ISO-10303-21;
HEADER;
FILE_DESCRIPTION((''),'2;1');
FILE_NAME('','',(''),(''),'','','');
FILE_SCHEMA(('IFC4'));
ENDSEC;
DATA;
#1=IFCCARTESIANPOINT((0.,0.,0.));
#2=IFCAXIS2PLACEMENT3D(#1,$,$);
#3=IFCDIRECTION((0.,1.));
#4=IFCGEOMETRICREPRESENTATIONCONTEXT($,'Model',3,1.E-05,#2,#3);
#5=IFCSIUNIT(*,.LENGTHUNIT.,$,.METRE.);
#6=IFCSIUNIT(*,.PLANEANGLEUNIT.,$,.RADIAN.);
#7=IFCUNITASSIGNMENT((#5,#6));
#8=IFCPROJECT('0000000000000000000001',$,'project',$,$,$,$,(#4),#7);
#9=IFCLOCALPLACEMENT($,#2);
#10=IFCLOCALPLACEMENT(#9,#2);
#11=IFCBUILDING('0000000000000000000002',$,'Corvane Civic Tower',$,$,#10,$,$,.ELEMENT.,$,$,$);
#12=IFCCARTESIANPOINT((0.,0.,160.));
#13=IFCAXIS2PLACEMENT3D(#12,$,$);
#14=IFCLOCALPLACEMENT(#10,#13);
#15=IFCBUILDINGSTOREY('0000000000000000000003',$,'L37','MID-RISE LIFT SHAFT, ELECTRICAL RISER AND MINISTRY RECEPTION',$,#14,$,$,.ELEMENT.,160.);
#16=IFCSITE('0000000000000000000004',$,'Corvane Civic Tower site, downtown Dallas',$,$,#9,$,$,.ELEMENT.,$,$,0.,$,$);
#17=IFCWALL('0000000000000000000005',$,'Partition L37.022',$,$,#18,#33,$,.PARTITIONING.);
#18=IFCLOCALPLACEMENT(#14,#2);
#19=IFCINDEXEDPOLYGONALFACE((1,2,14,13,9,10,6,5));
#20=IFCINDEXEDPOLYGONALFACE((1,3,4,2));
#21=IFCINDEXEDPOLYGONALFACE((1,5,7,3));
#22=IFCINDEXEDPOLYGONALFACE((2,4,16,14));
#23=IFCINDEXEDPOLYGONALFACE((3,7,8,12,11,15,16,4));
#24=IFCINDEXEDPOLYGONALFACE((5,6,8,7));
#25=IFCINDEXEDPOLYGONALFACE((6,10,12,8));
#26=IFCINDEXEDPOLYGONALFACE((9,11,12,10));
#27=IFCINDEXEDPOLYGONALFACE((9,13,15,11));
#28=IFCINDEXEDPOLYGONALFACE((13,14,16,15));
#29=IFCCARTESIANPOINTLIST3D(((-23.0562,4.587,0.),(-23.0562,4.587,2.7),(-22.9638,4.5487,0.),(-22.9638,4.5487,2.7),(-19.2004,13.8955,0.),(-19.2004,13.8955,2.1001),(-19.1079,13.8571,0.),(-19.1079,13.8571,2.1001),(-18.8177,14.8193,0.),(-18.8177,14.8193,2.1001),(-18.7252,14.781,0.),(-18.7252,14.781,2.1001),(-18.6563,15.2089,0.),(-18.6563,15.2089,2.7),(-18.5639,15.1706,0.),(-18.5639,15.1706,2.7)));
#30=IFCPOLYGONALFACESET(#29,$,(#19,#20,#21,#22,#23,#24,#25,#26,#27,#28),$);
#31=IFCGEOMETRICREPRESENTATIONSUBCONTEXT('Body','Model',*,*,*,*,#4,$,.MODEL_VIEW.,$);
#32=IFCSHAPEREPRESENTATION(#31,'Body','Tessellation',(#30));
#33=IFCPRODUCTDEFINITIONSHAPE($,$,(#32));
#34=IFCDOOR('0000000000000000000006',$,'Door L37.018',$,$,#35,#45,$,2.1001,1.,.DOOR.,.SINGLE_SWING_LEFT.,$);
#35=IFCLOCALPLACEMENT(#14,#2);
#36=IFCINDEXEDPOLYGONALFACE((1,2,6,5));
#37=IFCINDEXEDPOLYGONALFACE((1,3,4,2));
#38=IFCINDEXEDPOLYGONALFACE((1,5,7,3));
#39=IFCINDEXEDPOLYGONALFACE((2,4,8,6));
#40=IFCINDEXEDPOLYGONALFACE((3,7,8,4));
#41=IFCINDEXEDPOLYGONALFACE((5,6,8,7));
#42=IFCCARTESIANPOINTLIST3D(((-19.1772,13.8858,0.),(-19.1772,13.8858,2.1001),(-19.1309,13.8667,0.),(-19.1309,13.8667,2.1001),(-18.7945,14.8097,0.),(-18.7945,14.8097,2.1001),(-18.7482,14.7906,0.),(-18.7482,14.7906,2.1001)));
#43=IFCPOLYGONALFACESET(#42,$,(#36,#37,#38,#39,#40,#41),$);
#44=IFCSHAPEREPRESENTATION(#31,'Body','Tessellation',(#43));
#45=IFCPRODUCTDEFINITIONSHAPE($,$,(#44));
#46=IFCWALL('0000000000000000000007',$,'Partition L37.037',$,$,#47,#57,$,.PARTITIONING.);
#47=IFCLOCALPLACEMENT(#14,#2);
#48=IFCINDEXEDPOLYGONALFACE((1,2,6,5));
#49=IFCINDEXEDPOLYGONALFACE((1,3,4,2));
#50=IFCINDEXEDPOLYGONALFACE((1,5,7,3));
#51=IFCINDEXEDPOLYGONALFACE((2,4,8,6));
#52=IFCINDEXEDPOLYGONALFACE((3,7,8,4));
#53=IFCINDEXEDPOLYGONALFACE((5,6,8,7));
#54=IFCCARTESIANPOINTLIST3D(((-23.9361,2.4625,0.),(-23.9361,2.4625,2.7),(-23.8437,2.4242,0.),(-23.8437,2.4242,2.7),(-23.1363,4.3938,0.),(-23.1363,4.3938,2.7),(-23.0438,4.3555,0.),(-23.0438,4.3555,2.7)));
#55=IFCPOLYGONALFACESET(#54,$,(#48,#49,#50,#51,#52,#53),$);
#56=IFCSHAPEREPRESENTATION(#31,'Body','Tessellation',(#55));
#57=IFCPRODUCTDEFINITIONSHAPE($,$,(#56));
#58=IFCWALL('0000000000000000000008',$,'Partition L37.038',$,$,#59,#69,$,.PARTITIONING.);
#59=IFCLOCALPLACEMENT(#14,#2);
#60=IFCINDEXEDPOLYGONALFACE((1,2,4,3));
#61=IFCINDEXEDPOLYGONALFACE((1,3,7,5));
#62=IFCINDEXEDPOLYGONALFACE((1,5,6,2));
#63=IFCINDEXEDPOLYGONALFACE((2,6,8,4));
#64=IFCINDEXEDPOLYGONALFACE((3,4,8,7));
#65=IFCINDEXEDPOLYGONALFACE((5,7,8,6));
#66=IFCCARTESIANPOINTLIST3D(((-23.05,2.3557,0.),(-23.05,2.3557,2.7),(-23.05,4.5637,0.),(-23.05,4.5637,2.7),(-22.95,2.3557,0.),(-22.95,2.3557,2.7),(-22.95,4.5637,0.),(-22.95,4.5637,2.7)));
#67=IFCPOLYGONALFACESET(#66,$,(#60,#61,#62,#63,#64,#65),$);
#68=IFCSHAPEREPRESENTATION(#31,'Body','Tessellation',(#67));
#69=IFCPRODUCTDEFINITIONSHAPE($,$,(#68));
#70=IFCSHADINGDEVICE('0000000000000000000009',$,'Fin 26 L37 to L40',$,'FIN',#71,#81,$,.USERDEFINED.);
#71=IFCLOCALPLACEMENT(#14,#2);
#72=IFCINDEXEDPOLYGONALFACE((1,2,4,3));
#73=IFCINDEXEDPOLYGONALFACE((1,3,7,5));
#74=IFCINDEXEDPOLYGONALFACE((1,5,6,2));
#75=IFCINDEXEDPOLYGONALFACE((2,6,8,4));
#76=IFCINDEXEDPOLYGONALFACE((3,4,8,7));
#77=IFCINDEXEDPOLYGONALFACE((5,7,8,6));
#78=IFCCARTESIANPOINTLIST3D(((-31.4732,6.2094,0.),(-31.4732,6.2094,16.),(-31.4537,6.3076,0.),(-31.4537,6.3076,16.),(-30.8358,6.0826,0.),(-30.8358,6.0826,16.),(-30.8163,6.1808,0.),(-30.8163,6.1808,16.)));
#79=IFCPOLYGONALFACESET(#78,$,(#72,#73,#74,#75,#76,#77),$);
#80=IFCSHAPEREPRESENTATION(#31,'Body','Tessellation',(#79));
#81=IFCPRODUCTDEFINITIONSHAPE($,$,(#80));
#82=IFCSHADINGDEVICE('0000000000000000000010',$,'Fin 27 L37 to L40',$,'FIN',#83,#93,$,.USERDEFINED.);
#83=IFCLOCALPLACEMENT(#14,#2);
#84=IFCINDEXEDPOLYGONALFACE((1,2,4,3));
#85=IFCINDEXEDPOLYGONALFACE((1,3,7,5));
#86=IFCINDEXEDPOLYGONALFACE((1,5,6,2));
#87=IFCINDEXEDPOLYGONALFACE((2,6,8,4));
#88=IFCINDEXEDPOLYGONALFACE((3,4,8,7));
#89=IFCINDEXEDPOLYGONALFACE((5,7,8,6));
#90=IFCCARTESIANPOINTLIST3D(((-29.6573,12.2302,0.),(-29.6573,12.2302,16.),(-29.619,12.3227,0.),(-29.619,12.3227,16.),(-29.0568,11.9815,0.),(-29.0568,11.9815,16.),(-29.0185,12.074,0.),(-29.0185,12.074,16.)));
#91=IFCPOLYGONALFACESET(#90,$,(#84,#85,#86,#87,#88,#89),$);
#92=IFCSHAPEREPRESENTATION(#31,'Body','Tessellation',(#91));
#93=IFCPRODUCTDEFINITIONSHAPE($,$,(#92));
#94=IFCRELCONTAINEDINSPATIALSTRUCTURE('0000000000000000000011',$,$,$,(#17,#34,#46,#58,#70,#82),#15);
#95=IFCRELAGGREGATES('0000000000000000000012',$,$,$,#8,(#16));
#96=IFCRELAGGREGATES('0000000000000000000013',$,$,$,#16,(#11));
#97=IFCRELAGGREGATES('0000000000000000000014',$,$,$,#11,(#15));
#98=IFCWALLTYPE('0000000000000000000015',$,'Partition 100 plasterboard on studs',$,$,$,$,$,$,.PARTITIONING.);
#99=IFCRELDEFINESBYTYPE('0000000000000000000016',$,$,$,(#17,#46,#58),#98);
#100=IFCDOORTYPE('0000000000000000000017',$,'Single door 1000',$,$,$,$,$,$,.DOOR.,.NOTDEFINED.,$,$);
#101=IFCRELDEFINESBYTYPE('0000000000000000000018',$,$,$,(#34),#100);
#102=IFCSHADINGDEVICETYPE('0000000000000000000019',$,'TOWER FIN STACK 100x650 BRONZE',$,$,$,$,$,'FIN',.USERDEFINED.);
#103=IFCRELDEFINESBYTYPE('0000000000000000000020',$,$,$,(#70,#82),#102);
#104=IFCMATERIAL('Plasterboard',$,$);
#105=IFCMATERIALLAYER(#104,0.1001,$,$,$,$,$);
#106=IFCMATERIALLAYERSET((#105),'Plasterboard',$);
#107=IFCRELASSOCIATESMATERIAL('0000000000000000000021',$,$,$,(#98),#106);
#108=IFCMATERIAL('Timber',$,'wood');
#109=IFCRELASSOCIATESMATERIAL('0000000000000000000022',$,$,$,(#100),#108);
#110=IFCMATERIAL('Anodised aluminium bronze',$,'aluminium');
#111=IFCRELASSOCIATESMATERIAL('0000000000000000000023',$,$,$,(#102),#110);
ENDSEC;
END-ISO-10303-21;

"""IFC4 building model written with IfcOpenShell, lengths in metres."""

from ifc_helpers import new_model, si_unit, direction, frame, frame_2d, origin, origin_2d, place, context, subcontext, project, spatial, rectangle, extrude, material, layer, layer_set, material_profile, profile_set, type_object, element, fill, save


model = new_model("IFC4")

# Units and contexts
model_context = context("Model", 3, precision=1e-05, world=origin(), true_north=direction((0.0, 1.0)))
body_context = subcontext(model_context, "Body", "Model", "MODEL_VIEW")
ifc_project = project(units=[si_unit("LENGTHUNIT", "METRE"), si_unit("PLANEANGLEUNIT", "RADIAN")], contexts=[model_context])

# Site, building, storey
site_placement = place(None, origin())
site = spatial("IfcSite", under=ifc_project, at=site_placement, Name="Corvane Civic Tower site, downtown Dallas", CompositionType="ELEMENT", RefElevation=0.0)
building_placement = place(site_placement, origin())
building = spatial("IfcBuilding", under=site, at=building_placement, Name="Corvane Civic Tower", CompositionType="ELEMENT")
storey_placement = place(building_placement, frame((0.0, 0.0, 160.0)))
storey = spatial("IfcBuildingStorey", under=building, at=storey_placement, Name="L37", Description="MID-RISE LIFT SHAFT, ELECTRICAL RISER AND MINISTRY RECEPTION", CompositionType="ELEMENT", Elevation=160.0)

# Shared definitions
ifc_material_1 = material(Name="Plasterboard")
ifc_layer_1 = layer(ifc_material_1, 0.1001)
ifc_layer_set_1 = layer_set([ifc_layer_1], Name="Plasterboard")
wall_type = type_object("IfcWallType", Name="Partition 100 plasterboard on studs", PredefinedType="PARTITIONING", material=ifc_layer_set_1)
ifc_material_2 = material(Name="Timber", Category="wood")
door_type = type_object("IfcDoorType", Name="Single door 1000", OperationType="NOTDEFINED", PredefinedType="DOOR", material=ifc_material_2)

# Wall, opening, door
wall_1_placement = place(storey_placement, frame((-23.01, 4.5679, 0.0), z_axis=(0.0, 0.0, 1.0), x_axis=(0.382698, 0.923873, 0.0)))
wall_1 = element("IfcWall", 1, at=wall_1_placement, inside=storey, type_object=wall_type, Name="Partition L37.022", PredefinedType="PARTITIONING", context=body_context, shape_type="SweptSolid", body=[
    extrude(rectangle(XDim=11.4971, YDim=0.1001, at=frame_2d((5.7485, 0.0))), origin(), (0.0, 0.0, 1.0), 2.7),
])
opening_1_placement = place(wall_1_placement, frame((10.0754, 0.0, 0.0)))
opening_1 = element("IfcOpeningElement", 2, at=opening_1_placement, cuts=wall_1, PredefinedType="OPENING", context=body_context, shape_type="SweptSolid", body=[
    extrude(rectangle(XDim=1.0, YDim=2.1001, at=frame_2d((0.5, 1.05))), frame((0.0, 0.0601, 0.0), z_axis=(0.0, -1.0, 0.0), x_axis=(1.0, 0.0, 0.0)), (0.0, 0.0, 1.0), 0.1201),
])
door_1_placement = place(opening_1_placement, origin())
door_1 = element("IfcDoor", 3, at=door_1_placement, inside=storey, type_object=door_type, Name="Door L37.018", OperationType="SINGLE_SWING_LEFT", OverallHeight=2.1001, OverallWidth=1.0, PredefinedType="DOOR", context=body_context, shape_type="SweptSolid", body=[
    extrude(rectangle(XDim=1.0, YDim=2.1001, at=frame_2d((0.5, 1.05))), frame((0.0, 0.0249, 0.0), z_axis=(0.0, -1.0, 0.0), x_axis=(1.0, 0.0, 0.0)), (0.0, 0.0, 1.0), 0.05),
])
fill(opening_1, door_1)

# Walls
wall_2_placement = place(storey_placement, frame((-23.8899, 2.4434, 0.0), z_axis=(0.0, 0.0, 1.0), x_axis=(0.382641, 0.923897, 0.0)))
element("IfcWall", 4, at=wall_2_placement, inside=storey, type_object=wall_type, Name="Partition L37.037", PredefinedType="PARTITIONING", context=body_context, shape_type="SweptSolid", body=[
    extrude(rectangle(XDim=2.0903, YDim=0.1001, at=frame_2d((1.0452, 0.0))), origin(), (0.0, 0.0, 1.0), 2.7),
])
wall_3_placement = place(storey_placement, frame((-23.0, 2.3557, 0.0), z_axis=(0.0, 0.0, 1.0), x_axis=(0.0, 1.0, 0.0)))
element("IfcWall", 5, at=wall_3_placement, inside=storey, type_object=wall_type, Name="Partition L37.038", PredefinedType="PARTITIONING", context=body_context, shape_type="SweptSolid", body=[
    extrude(rectangle(XDim=2.208, YDim=0.1001, at=frame_2d((1.104, 0.0))), origin(), (0.0, 0.0, 1.0), 2.7),
])

# Shading devices
ifc_material_3 = material(Name="Anodised aluminium bronze", Category="aluminium")
ifc_material_profile_1 = material_profile(ifc_material_3, rectangle(XDim=0.1001, YDim=0.6499, at=origin_2d()), Name="TOWER FIN STACK 100x650 BRONZE")
ifc_profile_set_1 = profile_set([ifc_material_profile_1], Name="Anodised aluminium bronze")
shading_device_type = type_object("IfcShadingDeviceType", Name="TOWER FIN STACK 100x650 BRONZE", ElementType="FIN", PredefinedType="USERDEFINED", material=ifc_profile_set_1)
for number, where, z_axis, x_axis, name in (
    (6, (-31.1448, 6.1951, 0.0), (0.0, 0.0, 1.0), (0.19509, 0.980785, 0.0), "Fin 26 L37 to L40"),
    (7, (-29.3379, 12.1521, 0.0), (0.0, 0.0, 1.0), (0.382683, 0.92388, 0.0), "Fin 27 L37 to L40"),
):
    element("IfcShadingDevice", number, at=place(storey_placement, frame(where, z_axis=z_axis, x_axis=x_axis)), inside=storey, type_object=shading_device_type, Name=name, ObjectType="FIN", PredefinedType="USERDEFINED", context=body_context, shape_type="SweptSolid", body=[
        extrude(rectangle(XDim=0.1001, YDim=0.6499, at=origin_2d()), origin(), (0.0, 0.0, 1.0), 16.0),
    ])

save(model, "model.ifc")
